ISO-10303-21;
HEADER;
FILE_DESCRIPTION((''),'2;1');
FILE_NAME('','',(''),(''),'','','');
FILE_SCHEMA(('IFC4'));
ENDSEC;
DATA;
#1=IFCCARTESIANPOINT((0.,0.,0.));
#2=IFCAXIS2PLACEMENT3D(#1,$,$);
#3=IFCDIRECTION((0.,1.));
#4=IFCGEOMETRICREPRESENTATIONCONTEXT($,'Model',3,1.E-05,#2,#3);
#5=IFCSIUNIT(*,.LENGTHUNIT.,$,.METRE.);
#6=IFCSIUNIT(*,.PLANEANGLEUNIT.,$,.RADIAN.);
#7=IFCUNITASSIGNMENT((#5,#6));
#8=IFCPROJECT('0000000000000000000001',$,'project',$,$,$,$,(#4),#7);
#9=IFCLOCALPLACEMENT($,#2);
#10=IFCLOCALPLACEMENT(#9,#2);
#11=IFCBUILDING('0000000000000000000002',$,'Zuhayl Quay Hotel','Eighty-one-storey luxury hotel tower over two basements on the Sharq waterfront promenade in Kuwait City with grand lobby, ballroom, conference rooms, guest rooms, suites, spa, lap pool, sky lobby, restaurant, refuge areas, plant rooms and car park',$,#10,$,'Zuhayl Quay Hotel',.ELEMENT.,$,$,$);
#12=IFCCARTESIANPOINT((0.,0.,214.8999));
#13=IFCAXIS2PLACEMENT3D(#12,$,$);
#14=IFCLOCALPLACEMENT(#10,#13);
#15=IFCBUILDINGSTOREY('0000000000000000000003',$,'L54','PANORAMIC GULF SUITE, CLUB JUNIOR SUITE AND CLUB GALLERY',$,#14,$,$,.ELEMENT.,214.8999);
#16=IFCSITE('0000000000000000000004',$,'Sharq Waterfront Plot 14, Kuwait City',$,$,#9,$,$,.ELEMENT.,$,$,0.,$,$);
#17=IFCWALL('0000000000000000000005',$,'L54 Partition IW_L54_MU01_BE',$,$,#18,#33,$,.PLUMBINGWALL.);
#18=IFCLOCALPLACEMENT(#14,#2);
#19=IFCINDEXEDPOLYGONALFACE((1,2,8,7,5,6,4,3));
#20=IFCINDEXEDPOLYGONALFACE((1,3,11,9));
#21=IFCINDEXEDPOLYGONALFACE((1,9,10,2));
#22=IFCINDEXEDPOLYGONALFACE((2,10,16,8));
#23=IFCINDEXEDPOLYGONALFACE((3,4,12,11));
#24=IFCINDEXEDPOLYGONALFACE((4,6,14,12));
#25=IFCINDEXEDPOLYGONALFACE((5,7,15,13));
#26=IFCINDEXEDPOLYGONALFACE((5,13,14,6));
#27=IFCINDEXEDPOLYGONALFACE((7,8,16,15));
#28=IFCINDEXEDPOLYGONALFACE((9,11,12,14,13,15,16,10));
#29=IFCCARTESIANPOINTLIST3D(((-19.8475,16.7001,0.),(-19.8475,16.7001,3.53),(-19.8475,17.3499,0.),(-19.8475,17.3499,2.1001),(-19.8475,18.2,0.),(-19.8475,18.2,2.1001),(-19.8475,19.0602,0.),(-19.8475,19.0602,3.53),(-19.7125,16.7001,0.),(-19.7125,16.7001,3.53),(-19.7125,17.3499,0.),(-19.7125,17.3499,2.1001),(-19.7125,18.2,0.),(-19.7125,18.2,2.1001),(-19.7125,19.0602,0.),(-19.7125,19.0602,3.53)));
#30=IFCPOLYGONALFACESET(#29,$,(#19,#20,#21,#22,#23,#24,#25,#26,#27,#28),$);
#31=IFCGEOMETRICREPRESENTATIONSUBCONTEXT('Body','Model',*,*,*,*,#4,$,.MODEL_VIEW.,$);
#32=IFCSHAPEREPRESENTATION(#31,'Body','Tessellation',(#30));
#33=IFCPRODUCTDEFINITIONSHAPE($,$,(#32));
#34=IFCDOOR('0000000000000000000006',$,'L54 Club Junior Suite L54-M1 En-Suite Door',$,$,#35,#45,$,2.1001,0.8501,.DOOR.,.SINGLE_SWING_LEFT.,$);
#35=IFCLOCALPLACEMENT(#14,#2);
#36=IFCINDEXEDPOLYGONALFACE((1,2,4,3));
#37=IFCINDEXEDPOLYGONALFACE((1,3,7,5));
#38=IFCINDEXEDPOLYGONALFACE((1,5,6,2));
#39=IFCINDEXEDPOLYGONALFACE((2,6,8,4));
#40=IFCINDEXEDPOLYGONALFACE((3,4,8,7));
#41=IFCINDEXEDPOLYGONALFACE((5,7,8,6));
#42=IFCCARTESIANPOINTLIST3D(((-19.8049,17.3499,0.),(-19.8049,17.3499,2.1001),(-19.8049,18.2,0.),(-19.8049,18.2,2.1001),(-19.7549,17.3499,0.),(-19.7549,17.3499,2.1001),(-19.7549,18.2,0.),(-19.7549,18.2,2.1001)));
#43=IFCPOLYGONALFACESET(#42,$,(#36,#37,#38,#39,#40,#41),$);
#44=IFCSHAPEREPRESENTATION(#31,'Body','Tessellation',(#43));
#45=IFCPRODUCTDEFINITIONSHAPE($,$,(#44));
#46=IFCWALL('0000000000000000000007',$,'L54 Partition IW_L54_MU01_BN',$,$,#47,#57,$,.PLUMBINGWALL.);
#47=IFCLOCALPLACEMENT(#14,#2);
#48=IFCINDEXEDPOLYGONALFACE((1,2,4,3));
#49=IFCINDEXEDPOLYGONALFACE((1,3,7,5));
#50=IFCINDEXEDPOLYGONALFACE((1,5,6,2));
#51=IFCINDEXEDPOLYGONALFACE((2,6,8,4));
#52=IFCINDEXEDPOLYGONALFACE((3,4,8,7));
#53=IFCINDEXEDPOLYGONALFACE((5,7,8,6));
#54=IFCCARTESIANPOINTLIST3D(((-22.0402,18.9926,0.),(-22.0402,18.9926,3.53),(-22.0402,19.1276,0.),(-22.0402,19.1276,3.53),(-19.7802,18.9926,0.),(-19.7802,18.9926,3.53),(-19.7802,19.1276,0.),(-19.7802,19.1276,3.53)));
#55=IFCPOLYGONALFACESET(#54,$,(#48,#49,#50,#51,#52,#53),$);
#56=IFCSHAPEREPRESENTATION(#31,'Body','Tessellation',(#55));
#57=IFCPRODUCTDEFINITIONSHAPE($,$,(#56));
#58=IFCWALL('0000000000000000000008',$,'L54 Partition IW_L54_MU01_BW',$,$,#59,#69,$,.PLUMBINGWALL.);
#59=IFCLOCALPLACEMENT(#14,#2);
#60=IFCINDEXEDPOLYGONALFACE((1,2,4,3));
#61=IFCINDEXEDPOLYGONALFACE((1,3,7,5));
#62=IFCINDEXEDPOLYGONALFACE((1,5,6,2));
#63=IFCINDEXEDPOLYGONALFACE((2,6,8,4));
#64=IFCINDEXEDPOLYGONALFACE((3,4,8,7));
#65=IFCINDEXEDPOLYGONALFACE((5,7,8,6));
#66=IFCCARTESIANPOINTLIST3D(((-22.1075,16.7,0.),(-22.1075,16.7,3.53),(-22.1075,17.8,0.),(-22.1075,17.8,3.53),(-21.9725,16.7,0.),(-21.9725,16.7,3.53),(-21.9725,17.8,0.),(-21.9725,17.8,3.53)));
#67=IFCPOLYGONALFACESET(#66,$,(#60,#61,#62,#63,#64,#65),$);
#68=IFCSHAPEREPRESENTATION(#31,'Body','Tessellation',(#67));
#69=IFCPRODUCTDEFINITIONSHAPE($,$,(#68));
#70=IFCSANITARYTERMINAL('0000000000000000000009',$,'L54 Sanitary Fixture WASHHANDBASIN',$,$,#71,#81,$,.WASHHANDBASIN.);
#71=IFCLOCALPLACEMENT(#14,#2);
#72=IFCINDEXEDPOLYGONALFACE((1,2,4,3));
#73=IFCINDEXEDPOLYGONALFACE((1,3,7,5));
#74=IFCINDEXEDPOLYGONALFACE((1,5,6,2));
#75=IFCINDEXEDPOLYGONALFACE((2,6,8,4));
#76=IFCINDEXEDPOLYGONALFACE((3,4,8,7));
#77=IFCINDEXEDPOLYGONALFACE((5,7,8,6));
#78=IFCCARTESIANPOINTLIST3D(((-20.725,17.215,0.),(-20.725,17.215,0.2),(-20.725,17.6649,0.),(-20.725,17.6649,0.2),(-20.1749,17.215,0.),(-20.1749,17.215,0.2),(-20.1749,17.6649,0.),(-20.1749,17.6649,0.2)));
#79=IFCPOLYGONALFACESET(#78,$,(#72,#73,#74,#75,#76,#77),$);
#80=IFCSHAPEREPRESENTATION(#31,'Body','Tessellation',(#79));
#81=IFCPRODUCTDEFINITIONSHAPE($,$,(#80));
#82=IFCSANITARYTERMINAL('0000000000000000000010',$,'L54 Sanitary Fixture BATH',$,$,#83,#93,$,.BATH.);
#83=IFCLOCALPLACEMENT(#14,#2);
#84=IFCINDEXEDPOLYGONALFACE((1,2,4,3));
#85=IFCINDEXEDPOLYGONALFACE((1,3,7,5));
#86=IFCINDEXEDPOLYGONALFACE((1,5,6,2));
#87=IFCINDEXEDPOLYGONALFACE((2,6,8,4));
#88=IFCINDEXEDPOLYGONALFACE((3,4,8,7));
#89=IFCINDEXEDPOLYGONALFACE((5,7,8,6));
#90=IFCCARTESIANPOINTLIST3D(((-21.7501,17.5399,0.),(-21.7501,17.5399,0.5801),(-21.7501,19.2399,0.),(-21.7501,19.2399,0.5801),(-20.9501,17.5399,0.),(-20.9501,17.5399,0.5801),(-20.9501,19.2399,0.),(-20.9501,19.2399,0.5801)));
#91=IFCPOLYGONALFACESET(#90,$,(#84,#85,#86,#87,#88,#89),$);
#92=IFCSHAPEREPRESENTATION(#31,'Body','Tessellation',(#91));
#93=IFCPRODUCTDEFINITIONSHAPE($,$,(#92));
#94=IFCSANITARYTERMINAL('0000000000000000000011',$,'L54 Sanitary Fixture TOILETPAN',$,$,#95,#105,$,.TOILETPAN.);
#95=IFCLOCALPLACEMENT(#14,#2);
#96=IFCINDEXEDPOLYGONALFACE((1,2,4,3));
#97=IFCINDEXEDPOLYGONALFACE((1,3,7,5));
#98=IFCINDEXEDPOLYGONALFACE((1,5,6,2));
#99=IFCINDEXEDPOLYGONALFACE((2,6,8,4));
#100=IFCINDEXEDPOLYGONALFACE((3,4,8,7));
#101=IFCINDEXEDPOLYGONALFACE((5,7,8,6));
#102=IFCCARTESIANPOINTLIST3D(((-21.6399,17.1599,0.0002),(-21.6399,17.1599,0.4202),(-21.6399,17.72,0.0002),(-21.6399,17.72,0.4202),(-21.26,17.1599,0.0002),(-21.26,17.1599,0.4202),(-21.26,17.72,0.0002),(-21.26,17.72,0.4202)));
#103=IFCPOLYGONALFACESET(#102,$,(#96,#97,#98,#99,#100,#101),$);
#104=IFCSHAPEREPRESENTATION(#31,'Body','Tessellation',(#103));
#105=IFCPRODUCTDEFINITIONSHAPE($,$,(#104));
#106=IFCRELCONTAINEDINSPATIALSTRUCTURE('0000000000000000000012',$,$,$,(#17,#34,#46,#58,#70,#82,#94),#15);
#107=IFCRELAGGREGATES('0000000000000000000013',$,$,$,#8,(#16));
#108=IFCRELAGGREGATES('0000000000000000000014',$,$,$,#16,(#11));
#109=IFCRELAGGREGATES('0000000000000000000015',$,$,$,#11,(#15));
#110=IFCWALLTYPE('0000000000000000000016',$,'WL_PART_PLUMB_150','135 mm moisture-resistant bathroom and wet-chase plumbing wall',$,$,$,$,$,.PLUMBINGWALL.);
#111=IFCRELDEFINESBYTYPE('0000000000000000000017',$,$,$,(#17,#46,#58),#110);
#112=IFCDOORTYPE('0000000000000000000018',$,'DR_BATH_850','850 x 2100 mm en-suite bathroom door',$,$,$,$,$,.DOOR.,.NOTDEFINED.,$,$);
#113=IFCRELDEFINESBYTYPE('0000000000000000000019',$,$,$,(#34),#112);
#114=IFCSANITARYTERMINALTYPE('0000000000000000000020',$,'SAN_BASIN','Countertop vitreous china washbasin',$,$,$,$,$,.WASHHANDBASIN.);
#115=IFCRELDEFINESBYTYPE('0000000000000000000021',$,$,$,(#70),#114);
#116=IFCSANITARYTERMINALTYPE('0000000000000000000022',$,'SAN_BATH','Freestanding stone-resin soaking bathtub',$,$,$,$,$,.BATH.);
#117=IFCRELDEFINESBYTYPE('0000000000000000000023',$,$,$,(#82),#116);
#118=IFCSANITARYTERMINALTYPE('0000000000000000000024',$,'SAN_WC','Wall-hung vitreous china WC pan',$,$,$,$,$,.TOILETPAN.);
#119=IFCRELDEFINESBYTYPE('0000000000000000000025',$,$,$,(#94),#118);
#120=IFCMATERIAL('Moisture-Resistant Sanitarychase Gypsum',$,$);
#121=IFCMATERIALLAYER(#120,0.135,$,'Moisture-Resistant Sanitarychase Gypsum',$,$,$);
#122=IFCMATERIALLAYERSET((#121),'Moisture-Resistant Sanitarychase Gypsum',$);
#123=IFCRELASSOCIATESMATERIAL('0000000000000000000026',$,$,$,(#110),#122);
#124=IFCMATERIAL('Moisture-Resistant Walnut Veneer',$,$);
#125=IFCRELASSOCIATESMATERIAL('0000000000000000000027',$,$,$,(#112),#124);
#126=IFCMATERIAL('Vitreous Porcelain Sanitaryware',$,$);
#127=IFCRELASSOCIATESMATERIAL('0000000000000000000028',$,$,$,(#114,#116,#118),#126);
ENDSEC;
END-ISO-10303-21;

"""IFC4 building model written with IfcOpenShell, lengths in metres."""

from ifc_helpers import new_model, si_unit, direction, frame, frame_2d, origin, origin_2d, place, context, subcontext, project, spatial, rectangle, extrude, material, layer, layer_set, type_object, element, fill, save


model = new_model("IFC4")

# Units and contexts
model_context = context("Model", 3, precision=1e-05, world=origin(), true_north=direction((0.0, 1.0)))
body_context = subcontext(model_context, "Body", "Model", "MODEL_VIEW")
ifc_project = project(units=[si_unit("LENGTHUNIT", "METRE"), si_unit("PLANEANGLEUNIT", "RADIAN")], contexts=[model_context])

# Site, building, storey
site_placement = place(None, origin())
site = spatial("IfcSite", under=ifc_project, at=site_placement, Name="Sharq Waterfront Plot 14, Kuwait City", CompositionType="ELEMENT", RefElevation=0.0)
building_placement = place(site_placement, origin())
building = spatial("IfcBuilding", under=site, at=building_placement, Name="Zuhayl Quay Hotel", Description="Eighty-one-storey luxury hotel tower over two basements on the Sharq waterfront promenade in Kuwait City with grand lobby, ballroom, conference rooms, guest rooms, suites, spa, lap pool, sky lobby, restaurant, refuge areas, plant rooms and car park", LongName="Zuhayl Quay Hotel", CompositionType="ELEMENT")
storey_placement = place(building_placement, frame((0.0, 0.0, 214.8999)))
storey = spatial("IfcBuildingStorey", under=building, at=storey_placement, Name="L54", Description="PANORAMIC GULF SUITE, CLUB JUNIOR SUITE AND CLUB GALLERY", CompositionType="ELEMENT", Elevation=214.8999)

# Wall, opening, door
ifc_material_1 = material(Name="Moisture-Resistant Sanitarychase Gypsum")
ifc_layer_1 = layer(ifc_material_1, 0.135, Name="Moisture-Resistant Sanitarychase Gypsum")
ifc_layer_set_1 = layer_set([ifc_layer_1], Name="Moisture-Resistant Sanitarychase Gypsum")
wall_type_1 = type_object("IfcWallType", Name="WL_PART_PLUMB_150", Description="135 mm moisture-resistant bathroom and wet-chase plumbing wall", PredefinedType="PLUMBINGWALL", material=ifc_layer_set_1)
wall_1_placement = place(storey_placement, frame((-19.78, 16.7, 0.0), z_axis=(0.0, 0.0, 1.0), x_axis=(0.0, 1.0, 0.0)))
wall_1 = element("IfcWall", 1, at=wall_1_placement, inside=storey, type_object=wall_type_1, Name="L54 Partition IW_L54_MU01_BE", PredefinedType="PLUMBINGWALL", context=body_context, shape_type="SweptSolid", body=[
    extrude(rectangle(XDim=2.3601, YDim=0.135, at=frame_2d((1.1802, 0.0))), origin(), (0.0, 0.0, 1.0), 3.53),
])
opening_1_placement = place(wall_1_placement, frame((0.6499, 0.0, 0.0)))
opening_1 = element("IfcOpeningElement", 2, at=opening_1_placement, cuts=wall_1, PredefinedType="OPENING", context=body_context, shape_type="SweptSolid", body=[
    extrude(rectangle(XDim=0.8501, YDim=2.1001, at=frame_2d((0.425, 1.05))), frame((0.0, 0.0774, 0.0), z_axis=(0.0, -1.0, 0.0), x_axis=(1.0, 0.0, 0.0)), (0.0, 0.0, 1.0), 0.155),
])
ifc_material_2 = material(Name="Moisture-Resistant Walnut Veneer")
door_type_1 = type_object("IfcDoorType", Name="DR_BATH_850", Description="850 x 2100 mm en-suite bathroom door", OperationType="NOTDEFINED", PredefinedType="DOOR", material=ifc_material_2)
door_1_placement = place(opening_1_placement, origin())
door_1 = element("IfcDoor", 3, at=door_1_placement, inside=storey, type_object=door_type_1, Name="L54 Club Junior Suite L54-M1 En-Suite Door", OperationType="SINGLE_SWING_LEFT", OverallHeight=2.1001, OverallWidth=0.8501, PredefinedType="DOOR", context=body_context, shape_type="SweptSolid", body=[
    extrude(rectangle(XDim=0.8501, YDim=2.1001, at=frame_2d((0.425, 1.05))), frame((0.0, 0.0249, 0.0), z_axis=(0.0, -1.0, 0.0), x_axis=(1.0, 0.0, 0.0)), (0.0, 0.0, 1.0), 0.05),
])
fill(opening_1, door_1)

# Walls
wall_2_placement = place(storey_placement, frame((-22.04, 19.0601, 0.0), z_axis=(0.0, 0.0, 1.0), x_axis=(1.0, 0.0, 0.0)))
element("IfcWall", 4, at=wall_2_placement, inside=storey, type_object=wall_type_1, Name="L54 Partition IW_L54_MU01_BN", PredefinedType="PLUMBINGWALL", context=body_context, shape_type="SweptSolid", body=[
    extrude(rectangle(XDim=2.26, YDim=0.135, at=frame_2d((1.1299, 0.0))), origin(), (0.0, 0.0, 1.0), 3.53),
])
wall_3_placement = place(storey_placement, frame((-22.04, 16.7, 0.0), z_axis=(0.0, 0.0, 1.0), x_axis=(0.0, 1.0, 0.0)))
element("IfcWall", 5, at=wall_3_placement, inside=storey, type_object=wall_type_1, Name="L54 Partition IW_L54_MU01_BW", PredefinedType="PLUMBINGWALL", context=body_context, shape_type="SweptSolid", body=[
    extrude(rectangle(XDim=1.1001, YDim=0.135, at=frame_2d((0.55, 0.0))), origin(), (0.0, 0.0, 1.0), 3.53),
])

# Sanitary terminals
ifc_material_3 = material(Name="Vitreous Porcelain Sanitaryware")
sanitary_terminal_type_1 = type_object("IfcSanitaryTerminalType", Name="SAN_BASIN", Description="Countertop vitreous china washbasin", PredefinedType="WASHHANDBASIN", material=ifc_material_3)
sanitary_terminal_1_placement = place(storey_placement, frame((-20.45, 17.4399, 0.0), z_axis=(0.0, 0.0, 1.0), x_axis=(1.0, 0.0, 0.0)))
element("IfcSanitaryTerminal", 6, at=sanitary_terminal_1_placement, inside=storey, type_object=sanitary_terminal_type_1, Name="L54 Sanitary Fixture WASHHANDBASIN", PredefinedType="WASHHANDBASIN", context=body_context, shape_type="SweptSolid", body=[
    extrude(rectangle(XDim=0.55, YDim=0.45, at=origin_2d()), origin(), (0.0, 0.0, 1.0), 0.2),
])
sanitary_terminal_type_2 = type_object("IfcSanitaryTerminalType", Name="SAN_BATH", Description="Freestanding stone-resin soaking bathtub", PredefinedType="BATH", material=ifc_material_3)
sanitary_terminal_2_placement = place(storey_placement, frame((-21.3501, 18.3899, 0.0), z_axis=(0.0, 0.0, 1.0), x_axis=(1.0, 0.0, 0.0)))
element("IfcSanitaryTerminal", 7, at=sanitary_terminal_2_placement, inside=storey, type_object=sanitary_terminal_type_2, Name="L54 Sanitary Fixture BATH", PredefinedType="BATH", context=body_context, shape_type="SweptSolid", body=[
    extrude(rectangle(XDim=0.8, YDim=1.7, at=origin_2d()), origin(), (0.0, 0.0, 1.0), 0.5801),
])
sanitary_terminal_type_3 = type_object("IfcSanitaryTerminalType", Name="SAN_WC", Description="Wall-hung vitreous china WC pan", PredefinedType="TOILETPAN", material=ifc_material_3)
sanitary_terminal_3_placement = place(storey_placement, frame((-21.45, 17.4399, 0.0002), z_axis=(0.0, 0.0, 1.0), x_axis=(1.0, 0.0, 0.0)))
element("IfcSanitaryTerminal", 8, at=sanitary_terminal_3_placement, inside=storey, type_object=sanitary_terminal_type_3, Name="L54 Sanitary Fixture TOILETPAN", PredefinedType="TOILETPAN", context=body_context, shape_type="SweptSolid", body=[
    extrude(rectangle(XDim=0.3799, YDim=0.5601, at=origin_2d()), origin(), (0.0, 0.0, 1.0), 0.4199),
])

save(model, "model.ifc")
